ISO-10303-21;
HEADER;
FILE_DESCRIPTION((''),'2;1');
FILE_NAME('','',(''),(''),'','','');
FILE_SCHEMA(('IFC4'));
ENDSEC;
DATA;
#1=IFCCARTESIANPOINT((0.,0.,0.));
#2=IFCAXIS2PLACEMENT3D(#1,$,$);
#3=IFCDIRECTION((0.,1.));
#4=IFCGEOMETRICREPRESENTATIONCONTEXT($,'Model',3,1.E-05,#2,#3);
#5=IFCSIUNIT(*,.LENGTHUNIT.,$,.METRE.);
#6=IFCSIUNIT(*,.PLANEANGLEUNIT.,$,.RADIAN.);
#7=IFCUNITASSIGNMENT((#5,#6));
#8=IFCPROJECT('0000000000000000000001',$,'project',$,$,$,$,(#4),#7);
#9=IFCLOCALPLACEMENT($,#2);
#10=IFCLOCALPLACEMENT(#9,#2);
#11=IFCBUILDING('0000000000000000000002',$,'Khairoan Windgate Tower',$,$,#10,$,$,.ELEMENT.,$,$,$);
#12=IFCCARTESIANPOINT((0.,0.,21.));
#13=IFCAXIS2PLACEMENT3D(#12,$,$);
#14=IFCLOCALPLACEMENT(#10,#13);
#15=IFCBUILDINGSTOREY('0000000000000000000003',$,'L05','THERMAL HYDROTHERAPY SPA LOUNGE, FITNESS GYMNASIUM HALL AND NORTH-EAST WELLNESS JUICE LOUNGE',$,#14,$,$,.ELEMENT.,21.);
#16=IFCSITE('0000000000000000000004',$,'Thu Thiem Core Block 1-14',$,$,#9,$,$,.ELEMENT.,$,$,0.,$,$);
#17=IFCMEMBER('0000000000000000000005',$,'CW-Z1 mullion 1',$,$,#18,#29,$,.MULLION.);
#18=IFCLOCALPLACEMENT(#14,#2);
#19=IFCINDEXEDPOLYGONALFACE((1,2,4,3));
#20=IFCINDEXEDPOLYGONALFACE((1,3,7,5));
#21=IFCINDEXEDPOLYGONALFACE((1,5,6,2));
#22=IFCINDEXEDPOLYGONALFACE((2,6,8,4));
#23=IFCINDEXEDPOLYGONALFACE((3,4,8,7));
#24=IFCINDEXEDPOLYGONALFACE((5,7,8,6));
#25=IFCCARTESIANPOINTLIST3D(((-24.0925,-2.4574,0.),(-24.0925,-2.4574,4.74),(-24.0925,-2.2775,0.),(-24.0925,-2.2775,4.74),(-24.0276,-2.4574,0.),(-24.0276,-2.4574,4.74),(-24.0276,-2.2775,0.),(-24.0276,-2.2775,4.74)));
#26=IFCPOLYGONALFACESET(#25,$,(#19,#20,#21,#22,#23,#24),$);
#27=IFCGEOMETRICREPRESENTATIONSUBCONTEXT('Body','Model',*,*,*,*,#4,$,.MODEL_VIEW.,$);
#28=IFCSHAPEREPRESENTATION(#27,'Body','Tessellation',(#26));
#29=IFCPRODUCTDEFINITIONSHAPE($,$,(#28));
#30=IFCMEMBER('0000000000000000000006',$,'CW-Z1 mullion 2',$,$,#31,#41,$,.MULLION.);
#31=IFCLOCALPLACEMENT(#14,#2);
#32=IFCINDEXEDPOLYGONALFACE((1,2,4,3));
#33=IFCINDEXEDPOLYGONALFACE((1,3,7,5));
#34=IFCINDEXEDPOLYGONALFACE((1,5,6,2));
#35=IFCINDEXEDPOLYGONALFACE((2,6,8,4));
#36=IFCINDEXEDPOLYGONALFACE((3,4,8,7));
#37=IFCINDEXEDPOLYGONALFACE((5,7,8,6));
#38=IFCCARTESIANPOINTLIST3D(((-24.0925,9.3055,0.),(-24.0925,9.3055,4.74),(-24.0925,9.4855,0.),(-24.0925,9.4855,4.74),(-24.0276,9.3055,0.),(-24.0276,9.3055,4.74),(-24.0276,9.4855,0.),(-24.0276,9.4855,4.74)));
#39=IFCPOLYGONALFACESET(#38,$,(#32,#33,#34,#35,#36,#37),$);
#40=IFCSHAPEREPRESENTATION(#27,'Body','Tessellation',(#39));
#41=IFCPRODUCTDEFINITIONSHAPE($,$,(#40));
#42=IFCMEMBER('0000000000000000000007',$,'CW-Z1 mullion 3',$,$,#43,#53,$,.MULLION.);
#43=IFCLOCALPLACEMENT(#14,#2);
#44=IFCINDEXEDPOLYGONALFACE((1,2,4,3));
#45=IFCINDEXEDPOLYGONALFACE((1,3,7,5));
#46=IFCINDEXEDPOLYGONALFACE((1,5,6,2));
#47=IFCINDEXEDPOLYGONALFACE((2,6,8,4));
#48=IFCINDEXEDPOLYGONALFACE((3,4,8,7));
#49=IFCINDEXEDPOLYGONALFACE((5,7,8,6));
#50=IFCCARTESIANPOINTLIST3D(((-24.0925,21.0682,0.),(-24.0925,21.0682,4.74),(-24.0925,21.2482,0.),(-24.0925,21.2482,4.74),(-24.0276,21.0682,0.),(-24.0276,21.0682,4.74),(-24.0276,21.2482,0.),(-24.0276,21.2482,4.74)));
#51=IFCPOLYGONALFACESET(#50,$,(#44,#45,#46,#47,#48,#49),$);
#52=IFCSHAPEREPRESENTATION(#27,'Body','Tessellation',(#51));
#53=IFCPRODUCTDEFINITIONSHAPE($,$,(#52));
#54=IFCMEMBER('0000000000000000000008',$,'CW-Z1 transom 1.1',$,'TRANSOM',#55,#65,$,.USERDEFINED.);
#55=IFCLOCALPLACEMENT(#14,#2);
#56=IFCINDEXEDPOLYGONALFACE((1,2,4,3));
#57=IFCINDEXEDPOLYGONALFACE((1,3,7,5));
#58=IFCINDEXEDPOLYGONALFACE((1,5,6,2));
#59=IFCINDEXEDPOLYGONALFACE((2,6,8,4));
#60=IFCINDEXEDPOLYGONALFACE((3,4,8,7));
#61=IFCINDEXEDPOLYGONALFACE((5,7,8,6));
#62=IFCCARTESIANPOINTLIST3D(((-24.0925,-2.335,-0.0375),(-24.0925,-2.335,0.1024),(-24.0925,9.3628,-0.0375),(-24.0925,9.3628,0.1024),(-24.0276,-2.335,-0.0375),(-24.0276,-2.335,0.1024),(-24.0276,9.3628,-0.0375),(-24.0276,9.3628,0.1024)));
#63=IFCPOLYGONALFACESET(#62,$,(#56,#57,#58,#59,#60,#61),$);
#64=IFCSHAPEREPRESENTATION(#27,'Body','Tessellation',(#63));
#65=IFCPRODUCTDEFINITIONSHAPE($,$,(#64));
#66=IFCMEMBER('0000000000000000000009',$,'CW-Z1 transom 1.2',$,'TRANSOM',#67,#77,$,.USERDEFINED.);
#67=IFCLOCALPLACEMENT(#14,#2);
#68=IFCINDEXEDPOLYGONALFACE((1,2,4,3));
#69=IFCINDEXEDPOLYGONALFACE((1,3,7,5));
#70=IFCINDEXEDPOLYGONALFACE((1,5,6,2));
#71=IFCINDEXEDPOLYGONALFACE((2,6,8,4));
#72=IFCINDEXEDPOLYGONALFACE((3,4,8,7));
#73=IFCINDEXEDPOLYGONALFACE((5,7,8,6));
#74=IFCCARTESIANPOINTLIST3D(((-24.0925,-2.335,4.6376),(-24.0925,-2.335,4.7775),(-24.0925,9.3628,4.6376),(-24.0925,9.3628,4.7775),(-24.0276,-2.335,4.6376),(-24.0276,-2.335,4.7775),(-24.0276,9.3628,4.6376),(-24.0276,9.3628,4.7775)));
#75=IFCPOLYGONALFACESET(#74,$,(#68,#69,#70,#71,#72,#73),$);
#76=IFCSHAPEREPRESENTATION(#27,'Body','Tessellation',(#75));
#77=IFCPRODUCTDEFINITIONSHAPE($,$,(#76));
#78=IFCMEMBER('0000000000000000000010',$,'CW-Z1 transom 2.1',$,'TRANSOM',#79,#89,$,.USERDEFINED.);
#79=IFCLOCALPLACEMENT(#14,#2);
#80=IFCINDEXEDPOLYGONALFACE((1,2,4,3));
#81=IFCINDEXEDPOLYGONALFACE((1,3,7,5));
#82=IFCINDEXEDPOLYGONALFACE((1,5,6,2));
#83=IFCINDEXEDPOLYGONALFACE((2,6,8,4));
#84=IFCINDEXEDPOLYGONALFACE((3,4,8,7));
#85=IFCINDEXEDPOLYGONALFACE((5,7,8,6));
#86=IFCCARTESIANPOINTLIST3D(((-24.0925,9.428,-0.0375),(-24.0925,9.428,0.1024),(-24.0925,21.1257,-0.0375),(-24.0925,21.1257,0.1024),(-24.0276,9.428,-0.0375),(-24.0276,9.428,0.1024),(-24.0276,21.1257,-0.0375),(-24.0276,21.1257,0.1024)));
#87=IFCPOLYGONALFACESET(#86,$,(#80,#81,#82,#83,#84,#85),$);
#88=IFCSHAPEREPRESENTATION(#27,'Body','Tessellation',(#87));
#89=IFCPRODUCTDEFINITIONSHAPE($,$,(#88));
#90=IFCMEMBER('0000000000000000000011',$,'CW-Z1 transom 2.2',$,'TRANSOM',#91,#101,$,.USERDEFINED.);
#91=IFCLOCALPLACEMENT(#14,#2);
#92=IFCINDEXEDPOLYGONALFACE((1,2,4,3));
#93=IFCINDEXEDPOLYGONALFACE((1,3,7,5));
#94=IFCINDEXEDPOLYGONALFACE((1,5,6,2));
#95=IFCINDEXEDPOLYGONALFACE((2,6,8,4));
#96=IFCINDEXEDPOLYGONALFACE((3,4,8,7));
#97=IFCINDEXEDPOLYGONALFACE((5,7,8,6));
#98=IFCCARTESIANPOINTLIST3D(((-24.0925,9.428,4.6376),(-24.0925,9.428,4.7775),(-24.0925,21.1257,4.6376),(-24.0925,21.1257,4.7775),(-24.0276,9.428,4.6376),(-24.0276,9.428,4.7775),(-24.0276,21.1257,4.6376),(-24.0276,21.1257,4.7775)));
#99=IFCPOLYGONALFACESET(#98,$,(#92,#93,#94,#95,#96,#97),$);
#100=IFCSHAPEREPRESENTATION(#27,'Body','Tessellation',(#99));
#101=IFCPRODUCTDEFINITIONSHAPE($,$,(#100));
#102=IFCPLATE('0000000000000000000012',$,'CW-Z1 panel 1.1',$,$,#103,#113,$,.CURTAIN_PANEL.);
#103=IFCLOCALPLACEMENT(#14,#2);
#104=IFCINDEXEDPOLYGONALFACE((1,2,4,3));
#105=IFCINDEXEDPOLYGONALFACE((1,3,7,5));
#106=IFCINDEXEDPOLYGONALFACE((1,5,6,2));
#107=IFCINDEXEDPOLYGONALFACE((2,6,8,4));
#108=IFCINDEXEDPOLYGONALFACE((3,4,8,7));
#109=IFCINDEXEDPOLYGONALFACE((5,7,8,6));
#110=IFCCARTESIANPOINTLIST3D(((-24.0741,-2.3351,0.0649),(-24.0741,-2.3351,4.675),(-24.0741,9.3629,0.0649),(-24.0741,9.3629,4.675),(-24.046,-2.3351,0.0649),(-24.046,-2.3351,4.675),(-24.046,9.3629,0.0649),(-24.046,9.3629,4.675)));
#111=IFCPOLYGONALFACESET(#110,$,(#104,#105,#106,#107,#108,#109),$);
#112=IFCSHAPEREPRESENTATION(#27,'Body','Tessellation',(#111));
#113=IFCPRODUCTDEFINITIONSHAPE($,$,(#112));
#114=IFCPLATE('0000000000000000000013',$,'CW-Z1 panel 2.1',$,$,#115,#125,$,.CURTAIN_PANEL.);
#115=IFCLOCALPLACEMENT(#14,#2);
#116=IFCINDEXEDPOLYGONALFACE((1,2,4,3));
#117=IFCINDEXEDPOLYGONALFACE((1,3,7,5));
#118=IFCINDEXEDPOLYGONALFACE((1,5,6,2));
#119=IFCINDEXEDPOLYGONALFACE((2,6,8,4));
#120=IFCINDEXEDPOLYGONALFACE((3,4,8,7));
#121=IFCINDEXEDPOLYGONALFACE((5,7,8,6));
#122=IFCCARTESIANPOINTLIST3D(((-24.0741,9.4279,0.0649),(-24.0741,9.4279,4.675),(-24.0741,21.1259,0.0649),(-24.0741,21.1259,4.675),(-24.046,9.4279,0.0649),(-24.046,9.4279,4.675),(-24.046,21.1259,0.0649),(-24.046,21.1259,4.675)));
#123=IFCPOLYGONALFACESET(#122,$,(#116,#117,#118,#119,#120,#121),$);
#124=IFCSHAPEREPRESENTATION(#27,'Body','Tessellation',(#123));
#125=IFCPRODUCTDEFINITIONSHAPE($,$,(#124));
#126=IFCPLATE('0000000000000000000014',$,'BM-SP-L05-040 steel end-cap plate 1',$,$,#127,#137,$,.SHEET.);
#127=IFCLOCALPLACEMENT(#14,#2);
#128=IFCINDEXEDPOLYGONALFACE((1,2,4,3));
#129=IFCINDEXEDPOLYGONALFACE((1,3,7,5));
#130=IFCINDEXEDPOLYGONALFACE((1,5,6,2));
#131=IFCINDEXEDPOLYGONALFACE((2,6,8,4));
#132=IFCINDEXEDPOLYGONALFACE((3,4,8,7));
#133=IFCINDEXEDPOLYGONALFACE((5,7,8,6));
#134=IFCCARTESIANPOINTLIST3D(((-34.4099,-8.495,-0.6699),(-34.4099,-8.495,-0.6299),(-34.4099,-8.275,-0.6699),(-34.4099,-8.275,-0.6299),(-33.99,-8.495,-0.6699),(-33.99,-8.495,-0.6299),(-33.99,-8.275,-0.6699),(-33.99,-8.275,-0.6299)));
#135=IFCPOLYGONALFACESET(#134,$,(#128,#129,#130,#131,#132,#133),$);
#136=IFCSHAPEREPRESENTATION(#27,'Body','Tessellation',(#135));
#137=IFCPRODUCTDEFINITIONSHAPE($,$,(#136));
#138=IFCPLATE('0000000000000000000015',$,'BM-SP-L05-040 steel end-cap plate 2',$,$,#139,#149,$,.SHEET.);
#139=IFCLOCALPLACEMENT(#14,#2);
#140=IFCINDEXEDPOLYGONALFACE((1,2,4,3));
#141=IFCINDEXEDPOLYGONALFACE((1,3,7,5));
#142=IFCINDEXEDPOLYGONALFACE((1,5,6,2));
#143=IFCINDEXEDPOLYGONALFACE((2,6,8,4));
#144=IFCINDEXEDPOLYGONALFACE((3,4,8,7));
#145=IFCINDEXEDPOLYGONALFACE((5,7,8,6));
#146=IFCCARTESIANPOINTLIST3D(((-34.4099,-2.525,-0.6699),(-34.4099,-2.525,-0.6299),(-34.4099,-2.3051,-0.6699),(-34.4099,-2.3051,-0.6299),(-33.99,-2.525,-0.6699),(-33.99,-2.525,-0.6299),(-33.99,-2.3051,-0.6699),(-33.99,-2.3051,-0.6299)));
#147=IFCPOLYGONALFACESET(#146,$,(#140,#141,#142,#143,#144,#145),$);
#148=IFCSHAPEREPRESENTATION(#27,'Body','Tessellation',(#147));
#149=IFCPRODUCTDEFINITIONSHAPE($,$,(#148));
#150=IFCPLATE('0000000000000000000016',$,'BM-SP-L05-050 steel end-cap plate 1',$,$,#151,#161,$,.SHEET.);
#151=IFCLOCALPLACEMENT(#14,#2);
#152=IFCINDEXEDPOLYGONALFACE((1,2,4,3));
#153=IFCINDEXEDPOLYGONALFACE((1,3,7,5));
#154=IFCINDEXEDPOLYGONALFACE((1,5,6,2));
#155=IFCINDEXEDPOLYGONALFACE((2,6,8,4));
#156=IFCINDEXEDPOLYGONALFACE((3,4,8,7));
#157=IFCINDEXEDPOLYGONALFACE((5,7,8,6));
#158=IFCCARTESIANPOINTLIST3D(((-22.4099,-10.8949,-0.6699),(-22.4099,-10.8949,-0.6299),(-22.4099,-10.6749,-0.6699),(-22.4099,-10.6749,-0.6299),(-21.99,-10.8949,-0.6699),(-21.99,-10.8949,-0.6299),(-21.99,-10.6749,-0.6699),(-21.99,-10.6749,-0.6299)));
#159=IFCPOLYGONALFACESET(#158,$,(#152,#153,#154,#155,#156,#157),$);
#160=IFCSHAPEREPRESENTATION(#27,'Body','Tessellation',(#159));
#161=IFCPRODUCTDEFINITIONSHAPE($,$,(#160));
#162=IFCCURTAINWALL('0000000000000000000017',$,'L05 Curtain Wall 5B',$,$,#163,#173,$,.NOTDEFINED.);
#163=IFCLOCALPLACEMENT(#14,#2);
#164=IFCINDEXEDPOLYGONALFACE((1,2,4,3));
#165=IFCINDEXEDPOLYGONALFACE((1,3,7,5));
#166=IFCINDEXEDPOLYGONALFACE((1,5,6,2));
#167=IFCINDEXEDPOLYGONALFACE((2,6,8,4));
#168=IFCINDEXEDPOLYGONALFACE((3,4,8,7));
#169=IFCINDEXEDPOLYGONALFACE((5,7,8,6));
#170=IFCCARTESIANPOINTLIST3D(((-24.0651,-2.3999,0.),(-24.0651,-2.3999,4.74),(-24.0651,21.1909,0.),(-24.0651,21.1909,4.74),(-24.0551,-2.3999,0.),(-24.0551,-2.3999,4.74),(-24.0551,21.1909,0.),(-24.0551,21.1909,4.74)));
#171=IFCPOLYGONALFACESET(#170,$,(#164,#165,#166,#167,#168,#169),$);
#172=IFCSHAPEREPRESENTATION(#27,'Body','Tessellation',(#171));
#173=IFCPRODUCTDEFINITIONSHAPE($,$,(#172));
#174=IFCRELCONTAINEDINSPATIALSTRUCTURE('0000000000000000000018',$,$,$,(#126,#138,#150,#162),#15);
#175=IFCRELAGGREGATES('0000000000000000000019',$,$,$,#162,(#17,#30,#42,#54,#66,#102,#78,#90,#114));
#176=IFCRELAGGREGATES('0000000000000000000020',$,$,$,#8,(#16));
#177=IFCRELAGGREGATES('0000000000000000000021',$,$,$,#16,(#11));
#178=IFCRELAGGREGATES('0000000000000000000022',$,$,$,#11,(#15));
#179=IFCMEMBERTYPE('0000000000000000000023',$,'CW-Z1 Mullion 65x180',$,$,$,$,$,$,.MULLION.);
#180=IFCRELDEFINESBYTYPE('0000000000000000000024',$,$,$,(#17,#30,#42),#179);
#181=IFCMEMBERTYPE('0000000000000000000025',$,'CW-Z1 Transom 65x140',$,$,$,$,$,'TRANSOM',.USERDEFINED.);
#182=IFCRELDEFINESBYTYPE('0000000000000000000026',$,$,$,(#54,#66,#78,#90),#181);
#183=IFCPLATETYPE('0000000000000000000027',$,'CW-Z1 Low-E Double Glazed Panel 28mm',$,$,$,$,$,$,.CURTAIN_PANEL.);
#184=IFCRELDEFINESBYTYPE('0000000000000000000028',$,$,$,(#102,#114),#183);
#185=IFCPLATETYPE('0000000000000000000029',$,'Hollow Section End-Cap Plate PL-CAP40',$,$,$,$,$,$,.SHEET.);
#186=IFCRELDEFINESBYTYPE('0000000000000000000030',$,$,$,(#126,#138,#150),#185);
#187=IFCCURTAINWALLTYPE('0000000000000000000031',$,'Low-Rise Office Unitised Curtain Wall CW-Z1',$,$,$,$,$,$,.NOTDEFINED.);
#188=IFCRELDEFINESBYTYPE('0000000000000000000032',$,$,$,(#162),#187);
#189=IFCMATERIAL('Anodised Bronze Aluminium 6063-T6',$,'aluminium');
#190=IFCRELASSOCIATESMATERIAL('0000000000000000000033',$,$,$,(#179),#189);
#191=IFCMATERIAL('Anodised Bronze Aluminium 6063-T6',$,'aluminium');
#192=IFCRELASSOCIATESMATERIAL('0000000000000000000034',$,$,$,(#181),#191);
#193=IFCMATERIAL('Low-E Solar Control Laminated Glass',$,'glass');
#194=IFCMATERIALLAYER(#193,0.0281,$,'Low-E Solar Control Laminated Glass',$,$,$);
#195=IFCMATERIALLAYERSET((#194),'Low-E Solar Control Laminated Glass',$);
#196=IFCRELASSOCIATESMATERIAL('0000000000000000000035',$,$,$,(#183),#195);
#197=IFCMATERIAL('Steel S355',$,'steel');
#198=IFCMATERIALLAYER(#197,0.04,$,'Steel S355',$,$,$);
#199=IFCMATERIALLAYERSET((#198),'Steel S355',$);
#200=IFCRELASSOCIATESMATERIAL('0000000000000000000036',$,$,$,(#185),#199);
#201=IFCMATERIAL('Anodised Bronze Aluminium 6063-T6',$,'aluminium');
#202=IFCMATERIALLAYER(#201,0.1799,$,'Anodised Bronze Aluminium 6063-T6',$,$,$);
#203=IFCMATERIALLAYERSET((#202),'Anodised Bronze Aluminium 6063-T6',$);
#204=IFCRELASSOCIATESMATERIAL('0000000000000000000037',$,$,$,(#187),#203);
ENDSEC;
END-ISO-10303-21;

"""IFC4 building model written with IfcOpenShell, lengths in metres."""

from ifc_helpers import new_model, si_unit, direction, frame, frame_2d, origin, origin_2d, place, context, subcontext, project, spatial, rectangle, extrude, material, layer, layer_set, material_profile, profile_set, type_object, element, aggregate, save


model = new_model("IFC4")

# Units and contexts
model_context = context("Model", 3, precision=1e-05, world=origin(), true_north=direction((0.0, 1.0)))
body_context = subcontext(model_context, "Body", "Model", "MODEL_VIEW")
ifc_project = project(units=[si_unit("LENGTHUNIT", "METRE"), si_unit("PLANEANGLEUNIT", "RADIAN")], contexts=[model_context])

# Site, building, storey
site_placement = place(None, origin())
site = spatial("IfcSite", under=ifc_project, at=site_placement, Name="Thu Thiem Core Block 1-14", CompositionType="ELEMENT", RefElevation=0.0)
building_placement = place(site_placement, origin())
building = spatial("IfcBuilding", under=site, at=building_placement, Name="Khairoan Windgate Tower", CompositionType="ELEMENT")
storey_placement = place(building_placement, frame((0.0, 0.0, 21.0)))
storey = spatial("IfcBuildingStorey", under=building, at=storey_placement, Name="L05", Description="THERMAL HYDROTHERAPY SPA LOUNGE, FITNESS GYMNASIUM HALL AND NORTH-EAST WELLNESS JUICE LOUNGE", CompositionType="ELEMENT", Elevation=21.0)

# Members
ifc_material_1 = material(Name="Anodised Bronze Aluminium 6063-T6", Category="aluminium")
ifc_material_profile_1 = material_profile(ifc_material_1, rectangle(XDim=0.0649, YDim=0.1799, at=origin_2d()))
ifc_profile_set_1 = profile_set([ifc_material_profile_1], Name="Anodised Bronze Aluminium 6063-T6")
member_type_1 = type_object("IfcMemberType", Name="CW-Z1 Mullion 65x180", PredefinedType="MULLION", material=ifc_profile_set_1)
member_1_placement = place(storey_placement, frame((-24.0601, -2.3674, 0.0), z_axis=(0.0, 0.0, 1.0), x_axis=(-1.0, 0.0, 0.0)))
member_1 = element("IfcMember", 1, at=member_1_placement, type_object=member_type_1, Name="CW-Z1 mullion 1", PredefinedType="MULLION", context=body_context, shape_type="SweptSolid", body=[
    extrude(rectangle(XDim=0.0649, YDim=0.1799, at=origin_2d()), origin(), (0.0, 0.0, 1.0), 4.74),
])
member_2_placement = place(storey_placement, frame((-24.0601, 9.3955, 0.0), z_axis=(0.0, 0.0, 1.0), x_axis=(-1.0, 0.0, 0.0)))
member_2 = element("IfcMember", 2, at=member_2_placement, type_object=member_type_1, Name="CW-Z1 mullion 2", PredefinedType="MULLION", context=body_context, shape_type="SweptSolid", body=[
    extrude(rectangle(XDim=0.0649, YDim=0.1799, at=origin_2d()), origin(), (0.0, 0.0, 1.0), 4.74),
])
member_3_placement = place(storey_placement, frame((-24.0601, 21.1582, 0.0), z_axis=(0.0, 0.0, 1.0), x_axis=(-1.0, 0.0, 0.0)))
member_3 = element("IfcMember", 3, at=member_3_placement, type_object=member_type_1, Name="CW-Z1 mullion 3", PredefinedType="MULLION", context=body_context, shape_type="SweptSolid", body=[
    extrude(rectangle(XDim=0.0649, YDim=0.1799, at=origin_2d()), origin(), (0.0, 0.0, 1.0), 4.74),
])
ifc_material_2 = material(Name="Anodised Bronze Aluminium 6063-T6", Category="aluminium")
ifc_material_profile_2 = material_profile(ifc_material_2, rectangle(XDim=0.0649, YDim=0.1399, at=origin_2d()))
ifc_profile_set_2 = profile_set([ifc_material_profile_2], Name="Anodised Bronze Aluminium 6063-T6")
member_type_2 = type_object("IfcMemberType", Name="CW-Z1 Transom 65x140", ElementType="TRANSOM", PredefinedType="USERDEFINED", material=ifc_profile_set_2)
member_4_placement = place(storey_placement, frame((-24.0601, -2.335, 0.0325), z_axis=(0.0, 1.0, 0.0), x_axis=(-1.0, 0.0, 0.0)))
member_4 = element("IfcMember", 4, at=member_4_placement, type_object=member_type_2, Name="CW-Z1 transom 1.1", ObjectType="TRANSOM", PredefinedType="USERDEFINED", context=body_context, shape_type="SweptSolid", body=[
    extrude(rectangle(XDim=0.0649, YDim=0.1399, at=origin_2d()), origin(), (0.0, 0.0, 1.0), 11.6978),
])
member_5_placement = place(storey_placement, frame((-24.0601, -2.335, 4.7075), z_axis=(0.0, 1.0, 0.0), x_axis=(-1.0, 0.0, 0.0)))
member_5 = element("IfcMember", 5, at=member_5_placement, type_object=member_type_2, Name="CW-Z1 transom 1.2", ObjectType="TRANSOM", PredefinedType="USERDEFINED", context=body_context, shape_type="SweptSolid", body=[
    extrude(rectangle(XDim=0.0649, YDim=0.1399, at=origin_2d()), origin(), (0.0, 0.0, 1.0), 11.6978),
])
member_6_placement = place(storey_placement, frame((-24.0601, 9.428, 0.0325), z_axis=(0.0, 1.0, 0.0), x_axis=(-1.0, 0.0, 0.0)))
member_6 = element("IfcMember", 6, at=member_6_placement, type_object=member_type_2, Name="CW-Z1 transom 2.1", ObjectType="TRANSOM", PredefinedType="USERDEFINED", context=body_context, shape_type="SweptSolid", body=[
    extrude(rectangle(XDim=0.0649, YDim=0.1399, at=origin_2d()), origin(), (0.0, 0.0, 1.0), 11.6978),
])
member_7_placement = place(storey_placement, frame((-24.0601, 9.428, 4.7075), z_axis=(0.0, 1.0, 0.0), x_axis=(-1.0, 0.0, 0.0)))
member_7 = element("IfcMember", 7, at=member_7_placement, type_object=member_type_2, Name="CW-Z1 transom 2.2", ObjectType="TRANSOM", PredefinedType="USERDEFINED", context=body_context, shape_type="SweptSolid", body=[
    extrude(rectangle(XDim=0.0649, YDim=0.1399, at=origin_2d()), origin(), (0.0, 0.0, 1.0), 11.6978),
])

# Plates
ifc_material_3 = material(Name="Low-E Solar Control Laminated Glass", Category="glass")
ifc_layer_1 = layer(ifc_material_3, 0.0281, Name="Low-E Solar Control Laminated Glass")
ifc_layer_set_1 = layer_set([ifc_layer_1], Name="Low-E Solar Control Laminated Glass")
plate_type_1 = type_object("IfcPlateType", Name="CW-Z1 Low-E Double Glazed Panel 28mm", PredefinedType="CURTAIN_PANEL", material=ifc_layer_set_1)
plate_1_placement = place(storey_placement, frame((-24.0601, 3.5139, 0.0649), z_axis=(0.0, 0.0, 1.0), x_axis=(0.0, 1.0, 0.0)))
plate_1 = element("IfcPlate", 8, at=plate_1_placement, type_object=plate_type_1, Name="CW-Z1 panel 1.1", PredefinedType="CURTAIN_PANEL", context=body_context, shape_type="SweptSolid", body=[
    extrude(rectangle(XDim=11.698, YDim=0.0281, at=origin_2d()), origin(), (0.0, 0.0, 1.0), 4.6101),
])
plate_2_placement = place(storey_placement, frame((-24.0601, 15.2769, 0.0649), z_axis=(0.0, 0.0, 1.0), x_axis=(0.0, 1.0, 0.0)))
plate_2 = element("IfcPlate", 9, at=plate_2_placement, type_object=plate_type_1, Name="CW-Z1 panel 2.1", PredefinedType="CURTAIN_PANEL", context=body_context, shape_type="SweptSolid", body=[
    extrude(rectangle(XDim=11.698, YDim=0.0281, at=origin_2d()), origin(), (0.0, 0.0, 1.0), 4.6101),
])

# Plates
ifc_material_4 = material(Name="Steel S355", Category="steel")
ifc_layer_2 = layer(ifc_material_4, 0.04, Name="Steel S355")
ifc_layer_set_2 = layer_set([ifc_layer_2], Name="Steel S355")
plate_type_2 = type_object("IfcPlateType", Name="Hollow Section End-Cap Plate PL-CAP40", PredefinedType="SHEET", material=ifc_layer_set_2)
for number, where, z_axis, x_axis, name in (
    (10, (-34.2, -8.385, -0.6699), (0.0, 0.0, 1.0), (0.0, 1.0, 0.0), "BM-SP-L05-040 steel end-cap plate 1"),
    (11, (-34.2, -2.415, -0.6699), (0.0, 0.0, 1.0), (0.0, 1.0, 0.0), "BM-SP-L05-040 steel end-cap plate 2"),
    (12, (-22.2, -10.7849, -0.6699), (0.0, 0.0, 1.0), (0.0, 1.0, 0.0), "BM-SP-L05-050 steel end-cap plate 1"),
):
    element("IfcPlate", number, at=place(storey_placement, frame(where, z_axis=z_axis, x_axis=x_axis)), inside=storey, type_object=plate_type_2, Name=name, PredefinedType="SHEET", context=body_context, shape_type="SweptSolid", body=[
        extrude(rectangle(XDim=0.22, YDim=0.4199, at=origin_2d()), origin(), (0.0, 0.0, 1.0), 0.04),
    ])

# Curtain wall
ifc_material_5 = material(Name="Anodised Bronze Aluminium 6063-T6", Category="aluminium")
ifc_layer_3 = layer(ifc_material_5, 0.1799, Name="Anodised Bronze Aluminium 6063-T6")
ifc_layer_set_3 = layer_set([ifc_layer_3], Name="Anodised Bronze Aluminium 6063-T6")
curtain_wall_type = type_object("IfcCurtainWallType", Name="Low-Rise Office Unitised Curtain Wall CW-Z1", PredefinedType="NOTDEFINED", material=ifc_layer_set_3)
curtain_wall_placement = place(storey_placement, frame((-24.0601, -2.3999, 0.0), z_axis=(0.0, 0.0, 1.0), x_axis=(0.0, 1.0, 0.0)))
curtain_wall = element("IfcCurtainWall", 13, at=curtain_wall_placement, inside=storey, type_object=curtain_wall_type, Name="L05 Curtain Wall 5B", PredefinedType="NOTDEFINED", context=body_context, shape_type="SweptSolid", body=[
    extrude(rectangle(XDim=23.5908, YDim=0.01, at=frame_2d((11.7954, 0.0))), origin(), (0.0, 0.0, 1.0), 4.74),
])
aggregate(curtain_wall, [member_1, member_2, member_3, member_4, member_5, plate_1, member_6, member_7, plate_2])

save(model, "model.ifc")
